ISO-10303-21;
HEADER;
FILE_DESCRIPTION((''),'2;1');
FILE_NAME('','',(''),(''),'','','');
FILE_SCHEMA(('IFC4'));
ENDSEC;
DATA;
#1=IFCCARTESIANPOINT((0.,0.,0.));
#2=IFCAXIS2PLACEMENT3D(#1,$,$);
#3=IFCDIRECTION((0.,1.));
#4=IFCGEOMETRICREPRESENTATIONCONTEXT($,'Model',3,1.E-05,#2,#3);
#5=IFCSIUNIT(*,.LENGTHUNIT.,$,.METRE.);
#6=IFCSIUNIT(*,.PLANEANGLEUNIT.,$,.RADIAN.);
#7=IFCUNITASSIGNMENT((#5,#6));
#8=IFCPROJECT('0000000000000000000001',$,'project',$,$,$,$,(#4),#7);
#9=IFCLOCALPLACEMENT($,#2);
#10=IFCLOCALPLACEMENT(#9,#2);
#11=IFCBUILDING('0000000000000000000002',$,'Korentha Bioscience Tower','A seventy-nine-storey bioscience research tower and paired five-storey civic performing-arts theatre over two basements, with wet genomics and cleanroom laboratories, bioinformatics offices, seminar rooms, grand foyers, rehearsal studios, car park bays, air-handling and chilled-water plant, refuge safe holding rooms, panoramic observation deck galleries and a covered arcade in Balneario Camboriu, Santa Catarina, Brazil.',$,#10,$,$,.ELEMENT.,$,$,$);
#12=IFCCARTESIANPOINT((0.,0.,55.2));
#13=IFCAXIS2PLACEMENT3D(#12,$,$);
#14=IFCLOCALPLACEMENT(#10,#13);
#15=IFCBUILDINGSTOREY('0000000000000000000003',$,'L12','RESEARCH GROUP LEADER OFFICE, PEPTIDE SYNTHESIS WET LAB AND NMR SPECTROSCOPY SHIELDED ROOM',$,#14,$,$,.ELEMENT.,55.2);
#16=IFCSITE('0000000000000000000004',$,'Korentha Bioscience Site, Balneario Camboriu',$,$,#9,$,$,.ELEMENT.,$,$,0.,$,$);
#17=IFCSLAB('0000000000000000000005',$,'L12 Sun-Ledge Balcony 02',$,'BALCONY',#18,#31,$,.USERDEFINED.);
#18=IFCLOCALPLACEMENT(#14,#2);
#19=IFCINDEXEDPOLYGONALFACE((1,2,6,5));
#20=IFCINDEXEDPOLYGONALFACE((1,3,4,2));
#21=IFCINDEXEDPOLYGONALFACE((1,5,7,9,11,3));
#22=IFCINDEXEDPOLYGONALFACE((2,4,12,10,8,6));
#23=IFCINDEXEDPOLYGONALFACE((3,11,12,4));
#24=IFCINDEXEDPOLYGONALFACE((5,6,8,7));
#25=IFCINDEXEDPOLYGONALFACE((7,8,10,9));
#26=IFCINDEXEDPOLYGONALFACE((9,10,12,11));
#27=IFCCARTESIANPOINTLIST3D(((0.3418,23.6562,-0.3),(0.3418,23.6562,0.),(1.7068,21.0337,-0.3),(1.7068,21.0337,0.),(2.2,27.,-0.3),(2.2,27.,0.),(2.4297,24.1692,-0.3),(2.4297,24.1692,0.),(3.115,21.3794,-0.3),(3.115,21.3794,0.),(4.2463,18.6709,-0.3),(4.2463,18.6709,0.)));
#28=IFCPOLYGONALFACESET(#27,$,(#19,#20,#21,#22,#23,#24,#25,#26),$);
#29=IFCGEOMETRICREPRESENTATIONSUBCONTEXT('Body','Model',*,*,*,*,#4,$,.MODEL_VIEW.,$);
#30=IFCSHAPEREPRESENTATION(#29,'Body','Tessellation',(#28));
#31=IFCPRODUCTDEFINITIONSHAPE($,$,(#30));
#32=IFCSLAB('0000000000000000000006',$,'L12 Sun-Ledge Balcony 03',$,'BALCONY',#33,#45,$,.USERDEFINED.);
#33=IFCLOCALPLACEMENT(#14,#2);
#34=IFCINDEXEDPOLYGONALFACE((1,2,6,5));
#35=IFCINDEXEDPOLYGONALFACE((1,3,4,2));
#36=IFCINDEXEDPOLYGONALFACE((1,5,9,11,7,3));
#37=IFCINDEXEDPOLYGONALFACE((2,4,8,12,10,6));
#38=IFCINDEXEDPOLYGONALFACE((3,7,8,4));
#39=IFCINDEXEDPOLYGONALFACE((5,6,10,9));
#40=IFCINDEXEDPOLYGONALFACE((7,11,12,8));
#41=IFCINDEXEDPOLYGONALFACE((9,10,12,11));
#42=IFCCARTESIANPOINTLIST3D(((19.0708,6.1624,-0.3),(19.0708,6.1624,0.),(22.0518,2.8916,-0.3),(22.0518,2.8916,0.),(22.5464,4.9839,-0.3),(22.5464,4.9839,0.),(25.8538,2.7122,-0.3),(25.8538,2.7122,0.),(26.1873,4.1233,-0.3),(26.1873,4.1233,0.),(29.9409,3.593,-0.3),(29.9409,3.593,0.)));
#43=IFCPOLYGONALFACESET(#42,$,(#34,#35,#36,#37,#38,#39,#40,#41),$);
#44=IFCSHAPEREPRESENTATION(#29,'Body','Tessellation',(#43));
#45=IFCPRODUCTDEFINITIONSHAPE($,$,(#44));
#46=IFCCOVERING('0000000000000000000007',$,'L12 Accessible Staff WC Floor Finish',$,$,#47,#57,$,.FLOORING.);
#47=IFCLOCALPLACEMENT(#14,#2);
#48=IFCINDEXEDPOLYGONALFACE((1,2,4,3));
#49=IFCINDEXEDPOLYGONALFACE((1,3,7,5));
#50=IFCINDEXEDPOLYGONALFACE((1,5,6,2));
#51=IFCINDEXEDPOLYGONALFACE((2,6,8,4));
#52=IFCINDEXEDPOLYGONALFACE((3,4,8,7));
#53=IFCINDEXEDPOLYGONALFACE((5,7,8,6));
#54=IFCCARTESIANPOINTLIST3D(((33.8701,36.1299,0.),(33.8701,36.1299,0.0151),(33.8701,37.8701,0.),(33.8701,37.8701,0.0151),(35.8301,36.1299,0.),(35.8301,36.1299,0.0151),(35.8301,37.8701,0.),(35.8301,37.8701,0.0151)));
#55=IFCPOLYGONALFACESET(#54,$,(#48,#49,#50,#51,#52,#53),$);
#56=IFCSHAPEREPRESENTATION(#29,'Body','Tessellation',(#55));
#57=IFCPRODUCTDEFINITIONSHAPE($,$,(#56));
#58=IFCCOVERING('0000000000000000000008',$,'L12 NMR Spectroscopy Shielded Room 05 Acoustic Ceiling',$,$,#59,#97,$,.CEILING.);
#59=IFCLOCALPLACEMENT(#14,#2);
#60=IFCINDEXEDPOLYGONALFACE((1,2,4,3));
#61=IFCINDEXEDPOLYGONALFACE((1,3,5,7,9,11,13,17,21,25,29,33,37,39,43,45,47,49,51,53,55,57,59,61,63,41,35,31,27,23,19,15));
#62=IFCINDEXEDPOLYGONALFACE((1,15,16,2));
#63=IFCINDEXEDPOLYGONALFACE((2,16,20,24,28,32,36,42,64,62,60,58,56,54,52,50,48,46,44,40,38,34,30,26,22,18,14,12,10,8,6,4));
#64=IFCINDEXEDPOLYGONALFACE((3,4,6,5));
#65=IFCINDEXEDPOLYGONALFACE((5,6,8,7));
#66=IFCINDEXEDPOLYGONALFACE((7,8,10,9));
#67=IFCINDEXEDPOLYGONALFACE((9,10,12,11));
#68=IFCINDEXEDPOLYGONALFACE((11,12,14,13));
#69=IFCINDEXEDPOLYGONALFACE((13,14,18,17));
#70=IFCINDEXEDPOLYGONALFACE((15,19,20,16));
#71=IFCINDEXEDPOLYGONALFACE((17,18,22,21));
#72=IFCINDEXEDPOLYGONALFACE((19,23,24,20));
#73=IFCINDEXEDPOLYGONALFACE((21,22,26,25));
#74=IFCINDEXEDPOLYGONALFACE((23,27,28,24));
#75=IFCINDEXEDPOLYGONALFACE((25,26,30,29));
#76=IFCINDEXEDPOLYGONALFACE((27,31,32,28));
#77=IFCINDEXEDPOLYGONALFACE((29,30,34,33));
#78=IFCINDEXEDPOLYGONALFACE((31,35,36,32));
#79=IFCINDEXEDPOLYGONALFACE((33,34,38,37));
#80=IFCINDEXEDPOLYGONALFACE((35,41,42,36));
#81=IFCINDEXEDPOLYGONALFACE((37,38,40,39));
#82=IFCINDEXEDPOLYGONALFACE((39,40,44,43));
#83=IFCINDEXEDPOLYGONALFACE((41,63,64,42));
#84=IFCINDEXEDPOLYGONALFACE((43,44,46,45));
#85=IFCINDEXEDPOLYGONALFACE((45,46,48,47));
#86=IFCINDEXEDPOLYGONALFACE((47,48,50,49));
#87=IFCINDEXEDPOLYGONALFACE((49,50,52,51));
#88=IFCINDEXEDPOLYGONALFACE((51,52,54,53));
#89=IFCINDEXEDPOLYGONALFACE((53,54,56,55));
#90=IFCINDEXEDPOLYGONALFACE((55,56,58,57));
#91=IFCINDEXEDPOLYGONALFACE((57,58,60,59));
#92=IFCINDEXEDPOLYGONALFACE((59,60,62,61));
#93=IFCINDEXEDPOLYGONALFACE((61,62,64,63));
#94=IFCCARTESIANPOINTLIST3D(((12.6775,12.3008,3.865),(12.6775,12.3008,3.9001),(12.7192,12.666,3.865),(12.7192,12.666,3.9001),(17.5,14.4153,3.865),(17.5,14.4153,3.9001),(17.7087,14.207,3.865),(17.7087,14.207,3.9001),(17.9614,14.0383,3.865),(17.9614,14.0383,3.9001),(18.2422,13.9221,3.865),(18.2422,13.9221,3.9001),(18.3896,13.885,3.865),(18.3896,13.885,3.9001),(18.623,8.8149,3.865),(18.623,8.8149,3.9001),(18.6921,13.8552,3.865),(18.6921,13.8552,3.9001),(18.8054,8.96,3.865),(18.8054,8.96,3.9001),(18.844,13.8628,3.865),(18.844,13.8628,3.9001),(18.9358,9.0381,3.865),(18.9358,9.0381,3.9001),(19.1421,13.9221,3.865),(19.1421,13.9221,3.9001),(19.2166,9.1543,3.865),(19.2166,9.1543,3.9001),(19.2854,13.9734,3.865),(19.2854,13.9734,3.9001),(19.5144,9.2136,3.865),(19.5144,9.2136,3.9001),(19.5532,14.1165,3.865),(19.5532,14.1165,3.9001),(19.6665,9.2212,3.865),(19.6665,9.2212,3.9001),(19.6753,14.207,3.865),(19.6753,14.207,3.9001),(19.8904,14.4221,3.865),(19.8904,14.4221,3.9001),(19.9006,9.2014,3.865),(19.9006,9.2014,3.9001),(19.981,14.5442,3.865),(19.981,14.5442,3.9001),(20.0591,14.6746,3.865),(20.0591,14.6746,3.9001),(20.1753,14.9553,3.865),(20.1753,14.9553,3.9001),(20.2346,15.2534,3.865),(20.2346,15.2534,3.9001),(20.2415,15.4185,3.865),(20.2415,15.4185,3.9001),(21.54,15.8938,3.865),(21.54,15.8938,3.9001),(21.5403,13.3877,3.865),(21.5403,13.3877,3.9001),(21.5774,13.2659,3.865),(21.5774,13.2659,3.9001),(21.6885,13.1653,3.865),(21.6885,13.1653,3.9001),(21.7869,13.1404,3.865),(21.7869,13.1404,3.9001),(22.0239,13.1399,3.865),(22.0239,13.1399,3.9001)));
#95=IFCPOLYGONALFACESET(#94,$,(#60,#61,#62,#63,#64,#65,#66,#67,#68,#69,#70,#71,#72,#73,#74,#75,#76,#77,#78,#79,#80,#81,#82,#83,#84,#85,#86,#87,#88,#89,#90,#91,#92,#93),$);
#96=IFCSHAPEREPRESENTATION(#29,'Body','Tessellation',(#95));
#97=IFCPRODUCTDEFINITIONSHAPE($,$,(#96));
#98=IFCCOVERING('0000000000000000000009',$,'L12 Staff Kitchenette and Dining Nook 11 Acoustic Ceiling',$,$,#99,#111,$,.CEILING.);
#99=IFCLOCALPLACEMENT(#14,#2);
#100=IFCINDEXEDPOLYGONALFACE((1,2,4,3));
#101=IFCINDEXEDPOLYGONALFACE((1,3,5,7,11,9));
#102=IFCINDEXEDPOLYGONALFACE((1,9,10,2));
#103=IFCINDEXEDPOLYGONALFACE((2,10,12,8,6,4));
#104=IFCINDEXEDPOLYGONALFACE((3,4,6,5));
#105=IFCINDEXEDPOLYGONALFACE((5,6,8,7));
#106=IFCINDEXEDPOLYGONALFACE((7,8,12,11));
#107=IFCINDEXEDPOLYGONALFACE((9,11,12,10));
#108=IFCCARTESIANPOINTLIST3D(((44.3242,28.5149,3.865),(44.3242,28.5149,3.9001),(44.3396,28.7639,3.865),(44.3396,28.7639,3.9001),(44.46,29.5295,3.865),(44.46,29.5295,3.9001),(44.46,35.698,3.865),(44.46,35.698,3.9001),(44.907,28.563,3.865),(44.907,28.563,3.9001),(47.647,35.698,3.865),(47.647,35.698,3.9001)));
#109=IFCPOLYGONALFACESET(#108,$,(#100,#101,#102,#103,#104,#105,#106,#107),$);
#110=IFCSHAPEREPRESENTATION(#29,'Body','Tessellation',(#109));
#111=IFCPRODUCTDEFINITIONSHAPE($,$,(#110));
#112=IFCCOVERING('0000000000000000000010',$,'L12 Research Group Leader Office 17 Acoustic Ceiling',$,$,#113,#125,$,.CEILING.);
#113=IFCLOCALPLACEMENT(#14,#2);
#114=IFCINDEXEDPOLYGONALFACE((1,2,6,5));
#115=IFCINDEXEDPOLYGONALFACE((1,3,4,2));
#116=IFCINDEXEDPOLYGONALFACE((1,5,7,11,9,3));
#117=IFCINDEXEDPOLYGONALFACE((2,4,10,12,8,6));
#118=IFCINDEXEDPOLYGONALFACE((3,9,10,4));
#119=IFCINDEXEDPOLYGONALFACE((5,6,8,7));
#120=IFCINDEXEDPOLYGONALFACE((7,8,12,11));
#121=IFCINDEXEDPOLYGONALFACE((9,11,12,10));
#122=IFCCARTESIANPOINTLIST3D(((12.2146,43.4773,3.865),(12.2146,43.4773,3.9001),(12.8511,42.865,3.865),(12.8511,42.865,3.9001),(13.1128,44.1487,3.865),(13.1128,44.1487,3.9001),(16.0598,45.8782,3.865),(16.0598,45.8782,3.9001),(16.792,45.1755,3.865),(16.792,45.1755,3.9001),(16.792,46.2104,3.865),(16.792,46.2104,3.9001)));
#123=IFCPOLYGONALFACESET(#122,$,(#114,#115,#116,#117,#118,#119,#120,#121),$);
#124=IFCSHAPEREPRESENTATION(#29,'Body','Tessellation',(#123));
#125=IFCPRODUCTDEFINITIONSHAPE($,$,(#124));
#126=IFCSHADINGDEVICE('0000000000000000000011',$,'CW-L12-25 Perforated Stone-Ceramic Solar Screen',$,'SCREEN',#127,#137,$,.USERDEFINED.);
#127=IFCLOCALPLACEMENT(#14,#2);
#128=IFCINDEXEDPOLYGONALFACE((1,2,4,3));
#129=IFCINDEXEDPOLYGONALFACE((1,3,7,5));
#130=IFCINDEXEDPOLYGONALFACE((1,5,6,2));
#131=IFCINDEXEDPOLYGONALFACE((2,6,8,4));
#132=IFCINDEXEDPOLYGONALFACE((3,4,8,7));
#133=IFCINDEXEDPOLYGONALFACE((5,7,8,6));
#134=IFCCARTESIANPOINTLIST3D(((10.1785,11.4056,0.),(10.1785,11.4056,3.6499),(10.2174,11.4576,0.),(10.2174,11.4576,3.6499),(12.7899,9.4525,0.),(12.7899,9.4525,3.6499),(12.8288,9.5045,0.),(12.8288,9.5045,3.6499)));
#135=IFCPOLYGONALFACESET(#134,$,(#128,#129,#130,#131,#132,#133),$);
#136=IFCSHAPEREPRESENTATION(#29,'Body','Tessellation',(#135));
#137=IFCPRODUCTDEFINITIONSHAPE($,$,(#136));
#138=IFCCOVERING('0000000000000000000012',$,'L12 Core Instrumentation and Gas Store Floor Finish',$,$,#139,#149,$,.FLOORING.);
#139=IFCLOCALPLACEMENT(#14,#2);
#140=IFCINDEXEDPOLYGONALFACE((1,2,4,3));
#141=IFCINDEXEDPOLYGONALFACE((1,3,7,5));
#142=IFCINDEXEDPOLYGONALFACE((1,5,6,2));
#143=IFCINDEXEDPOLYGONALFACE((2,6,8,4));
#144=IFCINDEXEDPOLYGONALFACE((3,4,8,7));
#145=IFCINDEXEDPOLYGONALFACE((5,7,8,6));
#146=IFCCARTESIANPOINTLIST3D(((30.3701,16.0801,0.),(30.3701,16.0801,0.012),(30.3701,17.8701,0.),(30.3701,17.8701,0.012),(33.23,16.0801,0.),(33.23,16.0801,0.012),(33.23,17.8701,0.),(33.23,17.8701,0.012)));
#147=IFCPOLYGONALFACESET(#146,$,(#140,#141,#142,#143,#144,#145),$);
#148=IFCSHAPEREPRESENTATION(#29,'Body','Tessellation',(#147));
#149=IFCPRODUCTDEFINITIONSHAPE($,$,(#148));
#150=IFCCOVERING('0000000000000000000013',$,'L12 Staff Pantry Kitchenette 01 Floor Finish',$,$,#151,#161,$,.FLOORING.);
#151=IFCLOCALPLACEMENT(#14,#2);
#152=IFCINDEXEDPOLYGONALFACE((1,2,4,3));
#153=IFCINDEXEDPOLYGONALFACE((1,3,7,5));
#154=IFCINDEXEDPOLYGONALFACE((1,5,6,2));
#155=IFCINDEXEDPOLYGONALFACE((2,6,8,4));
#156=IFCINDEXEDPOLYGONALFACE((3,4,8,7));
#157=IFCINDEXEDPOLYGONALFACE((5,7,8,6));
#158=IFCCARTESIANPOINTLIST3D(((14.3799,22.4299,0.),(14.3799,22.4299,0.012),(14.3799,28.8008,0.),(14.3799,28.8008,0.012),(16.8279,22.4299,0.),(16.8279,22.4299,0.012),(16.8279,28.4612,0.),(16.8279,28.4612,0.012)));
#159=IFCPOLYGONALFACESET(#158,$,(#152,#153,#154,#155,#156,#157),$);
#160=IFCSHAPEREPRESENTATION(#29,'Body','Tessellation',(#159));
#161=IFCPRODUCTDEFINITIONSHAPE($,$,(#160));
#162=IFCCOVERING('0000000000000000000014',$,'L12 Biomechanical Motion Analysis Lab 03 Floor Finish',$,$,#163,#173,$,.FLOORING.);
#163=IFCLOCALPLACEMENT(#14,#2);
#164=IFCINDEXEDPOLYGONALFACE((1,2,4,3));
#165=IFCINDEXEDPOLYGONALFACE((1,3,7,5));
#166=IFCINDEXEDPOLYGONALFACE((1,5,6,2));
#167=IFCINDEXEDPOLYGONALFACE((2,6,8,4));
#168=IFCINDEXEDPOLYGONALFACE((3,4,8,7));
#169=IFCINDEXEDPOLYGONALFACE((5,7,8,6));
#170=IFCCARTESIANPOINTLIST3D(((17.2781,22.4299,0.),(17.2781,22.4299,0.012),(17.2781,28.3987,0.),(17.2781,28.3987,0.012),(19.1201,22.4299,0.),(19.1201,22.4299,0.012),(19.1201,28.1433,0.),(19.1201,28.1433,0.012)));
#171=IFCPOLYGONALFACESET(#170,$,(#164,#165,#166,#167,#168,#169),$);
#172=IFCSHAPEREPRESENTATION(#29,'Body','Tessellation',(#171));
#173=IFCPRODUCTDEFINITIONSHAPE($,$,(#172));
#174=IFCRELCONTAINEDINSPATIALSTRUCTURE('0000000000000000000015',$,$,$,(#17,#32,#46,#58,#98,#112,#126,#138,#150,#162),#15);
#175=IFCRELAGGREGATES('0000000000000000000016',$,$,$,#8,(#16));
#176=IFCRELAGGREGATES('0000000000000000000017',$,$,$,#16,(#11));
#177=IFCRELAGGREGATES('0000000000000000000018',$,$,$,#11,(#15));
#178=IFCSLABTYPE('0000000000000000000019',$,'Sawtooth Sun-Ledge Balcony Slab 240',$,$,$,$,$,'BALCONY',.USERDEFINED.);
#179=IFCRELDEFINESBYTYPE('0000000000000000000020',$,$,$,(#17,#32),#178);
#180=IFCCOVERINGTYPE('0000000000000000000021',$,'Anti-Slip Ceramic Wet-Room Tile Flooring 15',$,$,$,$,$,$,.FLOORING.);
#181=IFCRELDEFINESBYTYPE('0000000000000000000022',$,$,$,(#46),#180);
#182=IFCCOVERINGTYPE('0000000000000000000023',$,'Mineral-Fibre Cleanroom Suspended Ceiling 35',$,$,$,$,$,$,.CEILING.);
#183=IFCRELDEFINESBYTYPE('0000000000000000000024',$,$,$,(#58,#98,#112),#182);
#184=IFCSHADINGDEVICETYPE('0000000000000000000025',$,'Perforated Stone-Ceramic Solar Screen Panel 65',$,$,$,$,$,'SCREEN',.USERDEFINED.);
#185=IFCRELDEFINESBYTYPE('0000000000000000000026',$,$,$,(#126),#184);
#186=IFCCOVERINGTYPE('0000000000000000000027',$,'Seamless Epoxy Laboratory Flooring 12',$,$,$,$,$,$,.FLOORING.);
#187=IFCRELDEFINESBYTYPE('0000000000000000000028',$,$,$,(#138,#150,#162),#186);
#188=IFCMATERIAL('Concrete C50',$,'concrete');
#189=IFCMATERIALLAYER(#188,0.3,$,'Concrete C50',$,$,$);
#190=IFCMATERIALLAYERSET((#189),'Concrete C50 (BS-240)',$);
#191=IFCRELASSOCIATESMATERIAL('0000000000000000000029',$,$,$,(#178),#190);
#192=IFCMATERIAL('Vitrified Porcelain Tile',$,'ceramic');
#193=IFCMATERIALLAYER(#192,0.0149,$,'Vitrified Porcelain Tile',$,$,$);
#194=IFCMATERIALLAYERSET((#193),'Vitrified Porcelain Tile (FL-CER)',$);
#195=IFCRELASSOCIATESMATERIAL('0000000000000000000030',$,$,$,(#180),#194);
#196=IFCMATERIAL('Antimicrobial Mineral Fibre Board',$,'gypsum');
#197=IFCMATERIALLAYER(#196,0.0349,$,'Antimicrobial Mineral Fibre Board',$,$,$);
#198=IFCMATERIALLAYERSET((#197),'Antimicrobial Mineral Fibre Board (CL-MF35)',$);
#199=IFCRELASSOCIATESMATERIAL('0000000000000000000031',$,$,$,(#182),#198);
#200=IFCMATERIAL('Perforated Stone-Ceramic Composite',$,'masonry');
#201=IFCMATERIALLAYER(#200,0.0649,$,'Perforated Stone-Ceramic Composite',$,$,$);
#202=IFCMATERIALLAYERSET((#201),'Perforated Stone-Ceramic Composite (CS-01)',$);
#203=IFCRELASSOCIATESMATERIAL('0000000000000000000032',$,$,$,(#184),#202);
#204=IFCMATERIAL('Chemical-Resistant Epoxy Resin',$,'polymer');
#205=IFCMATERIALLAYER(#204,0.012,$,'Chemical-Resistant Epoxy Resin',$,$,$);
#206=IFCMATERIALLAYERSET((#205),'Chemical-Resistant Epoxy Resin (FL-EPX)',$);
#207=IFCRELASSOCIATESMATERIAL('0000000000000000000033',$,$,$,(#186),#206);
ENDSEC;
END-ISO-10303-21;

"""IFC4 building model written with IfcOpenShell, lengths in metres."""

from ifc_helpers import new_model, si_unit, direction, frame, origin, origin_2d, place, context, subcontext, project, spatial, polyline, rectangle, outline, extrude, material, layer, layer_set, type_object, element, save


model = new_model("IFC4")

# Units and contexts
model_context = context("Model", 3, precision=1e-05, world=origin(), true_north=direction((0.0, 1.0)))
body_context = subcontext(model_context, "Body", "Model", "MODEL_VIEW")
ifc_project = project(units=[si_unit("LENGTHUNIT", "METRE"), si_unit("PLANEANGLEUNIT", "RADIAN")], contexts=[model_context])

# Site, building, storey
site_placement = place(None, origin())
site = spatial("IfcSite", under=ifc_project, at=site_placement, Name="Korentha Bioscience Site, Balneario Camboriu", CompositionType="ELEMENT", RefElevation=0.0)
building_placement = place(site_placement, origin())
building = spatial("IfcBuilding", under=site, at=building_placement, Name="Korentha Bioscience Tower", Description="A seventy-nine-storey bioscience research tower and paired five-storey civic performing-arts theatre over two basements, with wet genomics and cleanroom laboratories, bioinformatics offices, seminar rooms, grand foyers, rehearsal studios, car park bays, air-handling and chilled-water plant, refuge safe holding rooms, panoramic observation deck galleries and a covered arcade in Balneario Camboriu, Santa Catarina, Brazil.", CompositionType="ELEMENT")
storey_placement = place(building_placement, frame((0.0, 0.0, 55.2)))
storey = spatial("IfcBuildingStorey", under=building, at=storey_placement, Name="L12", Description="RESEARCH GROUP LEADER OFFICE, PEPTIDE SYNTHESIS WET LAB AND NMR SPECTROSCOPY SHIELDED ROOM", CompositionType="ELEMENT", Elevation=55.2)

# Shared definitions
ifc_material_1 = material(Name="Concrete C50", Category="concrete")

# Slabs
ifc_layer_1 = layer(ifc_material_1, 0.3, Name="Concrete C50")
ifc_layer_set_1 = layer_set([ifc_layer_1], Name="Concrete C50 (BS-240)")
slab_type_1 = type_object("IfcSlabType", Name="Sawtooth Sun-Ledge Balcony Slab 240", ElementType="BALCONY", PredefinedType="USERDEFINED", material=ifc_layer_set_1)
slab_1_placement = place(storey_placement, frame((0.0, 0.0, -0.3)))
element("IfcSlab", 1, at=slab_1_placement, inside=storey, type_object=slab_type_1, Name="L12 Sun-Ledge Balcony 02", ObjectType="BALCONY", PredefinedType="USERDEFINED", context=body_context, shape_type="SweptSolid", body=[
    extrude(outline(polyline([(4.2463, 18.6709), (3.115, 21.3794), (2.4297, 24.1692), (2.2, 27.0), (0.3418, 23.6562), (1.7068, 21.0337), (4.2463, 18.6709)])), origin(), (0.0, 0.0, 1.0), 0.3),
])
slab_2_placement = place(storey_placement, frame((0.0, 0.0, -0.3)))
element("IfcSlab", 2, at=slab_2_placement, inside=storey, type_object=slab_type_1, Name="L12 Sun-Ledge Balcony 03", ObjectType="BALCONY", PredefinedType="USERDEFINED", context=body_context, shape_type="SweptSolid", body=[
    extrude(outline(polyline([(29.9409, 3.593), (26.1873, 4.1233), (22.5464, 4.9839), (19.0708, 6.1624), (22.0518, 2.8916), (25.8538, 2.7122), (29.9409, 3.593)])), origin(), (0.0, 0.0, 1.0), 0.3),
])

# Coverings
ifc_material_2 = material(Name="Vitrified Porcelain Tile", Category="ceramic")
ifc_layer_2 = layer(ifc_material_2, 0.0149, Name="Vitrified Porcelain Tile")
ifc_layer_set_2 = layer_set([ifc_layer_2], Name="Vitrified Porcelain Tile (FL-CER)")
covering_type_1 = type_object("IfcCoveringType", Name="Anti-Slip Ceramic Wet-Room Tile Flooring 15", PredefinedType="FLOORING", material=ifc_layer_set_2)
covering_1_placement = place(storey_placement, origin())
element("IfcCovering", 3, at=covering_1_placement, inside=storey, type_object=covering_type_1, Name="L12 Accessible Staff WC Floor Finish", PredefinedType="FLOORING", context=body_context, shape_type="SweptSolid", body=[
    extrude(outline(polyline([(33.8701, 36.1299), (33.8701, 37.8701), (35.8301, 37.8701), (35.8301, 36.1299), (33.8701, 36.1299)])), origin(), (0.0, 0.0, 1.0), 0.0151),
])
ifc_material_3 = material(Name="Antimicrobial Mineral Fibre Board", Category="gypsum")
ifc_layer_3 = layer(ifc_material_3, 0.0349, Name="Antimicrobial Mineral Fibre Board")
ifc_layer_set_3 = layer_set([ifc_layer_3], Name="Antimicrobial Mineral Fibre Board (CL-MF35)")
covering_type_2 = type_object("IfcCoveringType", Name="Mineral-Fibre Cleanroom Suspended Ceiling 35", PredefinedType="CEILING", material=ifc_layer_set_3)
covering_2_placement = place(storey_placement, frame((0.0, 0.0, 3.865)))
element("IfcCovering", 4, at=covering_2_placement, inside=storey, type_object=covering_type_2, Name="L12 NMR Spectroscopy Shielded Room 05 Acoustic Ceiling", PredefinedType="CEILING", context=body_context, shape_type="SweptSolid", body=[
    extrude(outline(polyline([(21.5403, 13.3877), (21.5774, 13.2659), (21.6885, 13.1653), (21.7869, 13.1404), (22.0239, 13.1399), (19.9006, 9.2014), (19.6665, 9.2212), (19.5144, 9.2136), (19.2166, 9.1543), (18.9358, 9.0381), (18.8054, 8.96), (18.623, 8.8149), (12.6775, 12.3008), (12.7192, 12.666), (17.5, 14.4153), (17.7087, 14.207), (17.9614, 14.0383), (18.2422, 13.9221), (18.3896, 13.885), (18.6921, 13.8552), (18.844, 13.8628), (19.1421, 13.9221), (19.2854, 13.9734), (19.5532, 14.1165), (19.6753, 14.207), (19.8904, 14.4221), (19.981, 14.5442), (20.0591, 14.6746), (20.1753, 14.9553), (20.2346, 15.2534), (20.2415, 15.4185), (21.54, 15.8938), (21.5403, 13.3877)])), origin(), (0.0, 0.0, 1.0), 0.0352),
])
covering_3_placement = place(storey_placement, frame((0.0, 0.0, 3.865)))
element("IfcCovering", 5, at=covering_3_placement, inside=storey, type_object=covering_type_2, Name="L12 Staff Kitchenette and Dining Nook 11 Acoustic Ceiling", PredefinedType="CEILING", context=body_context, shape_type="SweptSolid", body=[
    extrude(outline(polyline([(44.3396, 28.7639), (44.46, 29.5295), (44.46, 35.698), (47.647, 35.698), (44.907, 28.563), (44.3242, 28.5149), (44.3396, 28.7639)])), origin(), (0.0, 0.0, 1.0), 0.0352),
])
covering_4_placement = place(storey_placement, frame((0.0, 0.0, 3.865)))
element("IfcCovering", 6, at=covering_4_placement, inside=storey, type_object=covering_type_2, Name="L12 Research Group Leader Office 17 Acoustic Ceiling", PredefinedType="CEILING", context=body_context, shape_type="SweptSolid", body=[
    extrude(outline(polyline([(12.8511, 42.865), (12.2146, 43.4773), (13.1128, 44.1487), (16.0598, 45.8782), (16.792, 46.2104), (16.792, 45.1755), (12.8511, 42.865)])), origin(), (0.0, 0.0, 1.0), 0.0352),
])

# Shading device
ifc_material_4 = material(Name="Perforated Stone-Ceramic Composite", Category="masonry")
ifc_layer_4 = layer(ifc_material_4, 0.0649, Name="Perforated Stone-Ceramic Composite")
ifc_layer_set_4 = layer_set([ifc_layer_4], Name="Perforated Stone-Ceramic Composite (CS-01)")
shading_device_type_1 = type_object("IfcShadingDeviceType", Name="Perforated Stone-Ceramic Solar Screen Panel 65", ElementType="SCREEN", PredefinedType="USERDEFINED", material=ifc_layer_set_4)
shading_device_1_placement = place(storey_placement, frame((11.5037, 10.4551, 0.0), z_axis=(0.0, 0.0, 1.0), x_axis=(0.800798, -0.598935, 0.0)))
element("IfcShadingDevice", 7, at=shading_device_1_placement, inside=storey, type_object=shading_device_type_1, Name="CW-L12-25 Perforated Stone-Ceramic Solar Screen", ObjectType="SCREEN", PredefinedType="USERDEFINED", context=body_context, shape_type="SweptSolid", body=[
    extrude(rectangle(XDim=3.261, YDim=0.0649, at=origin_2d()), origin(), (0.0, 0.0, 1.0), 3.6499),
])

# Coverings
ifc_material_5 = material(Name="Chemical-Resistant Epoxy Resin", Category="polymer")
ifc_layer_5 = layer(ifc_material_5, 0.012, Name="Chemical-Resistant Epoxy Resin")
ifc_layer_set_5 = layer_set([ifc_layer_5], Name="Chemical-Resistant Epoxy Resin (FL-EPX)")
covering_type_3 = type_object("IfcCoveringType", Name="Seamless Epoxy Laboratory Flooring 12", PredefinedType="FLOORING", material=ifc_layer_set_5)
covering_5_placement = place(storey_placement, origin())
element("IfcCovering", 8, at=covering_5_placement, inside=storey, type_object=covering_type_3, Name="L12 Core Instrumentation and Gas Store Floor Finish", PredefinedType="FLOORING", context=body_context, shape_type="SweptSolid", body=[
    extrude(outline(polyline([(30.3701, 16.0801), (30.3701, 17.8701), (33.23, 17.8701), (33.23, 16.0801), (30.3701, 16.0801)])), origin(), (0.0, 0.0, 1.0), 0.012),
])
covering_6_placement = place(storey_placement, origin())
element("IfcCovering", 9, at=covering_6_placement, inside=storey, type_object=covering_type_3, Name="L12 Staff Pantry Kitchenette 01 Floor Finish", PredefinedType="FLOORING", context=body_context, shape_type="SweptSolid", body=[
    extrude(outline(polyline([(16.8279, 28.4612), (16.8279, 22.4299), (14.3799, 22.4299), (14.3799, 28.8008), (16.8279, 28.4612)])), origin(), (0.0, 0.0, 1.0), 0.012),
])
covering_7_placement = place(storey_placement, origin())
element("IfcCovering", 10, at=covering_7_placement, inside=storey, type_object=covering_type_3, Name="L12 Biomechanical Motion Analysis Lab 03 Floor Finish", PredefinedType="FLOORING", context=body_context, shape_type="SweptSolid", body=[
    extrude(outline(polyline([(17.2781, 22.4299), (17.2781, 28.3987), (19.1201, 28.1433), (19.1201, 22.4299), (17.2781, 22.4299)])), origin(), (0.0, 0.0, 1.0), 0.012),
])

save(model, "model.ifc")
